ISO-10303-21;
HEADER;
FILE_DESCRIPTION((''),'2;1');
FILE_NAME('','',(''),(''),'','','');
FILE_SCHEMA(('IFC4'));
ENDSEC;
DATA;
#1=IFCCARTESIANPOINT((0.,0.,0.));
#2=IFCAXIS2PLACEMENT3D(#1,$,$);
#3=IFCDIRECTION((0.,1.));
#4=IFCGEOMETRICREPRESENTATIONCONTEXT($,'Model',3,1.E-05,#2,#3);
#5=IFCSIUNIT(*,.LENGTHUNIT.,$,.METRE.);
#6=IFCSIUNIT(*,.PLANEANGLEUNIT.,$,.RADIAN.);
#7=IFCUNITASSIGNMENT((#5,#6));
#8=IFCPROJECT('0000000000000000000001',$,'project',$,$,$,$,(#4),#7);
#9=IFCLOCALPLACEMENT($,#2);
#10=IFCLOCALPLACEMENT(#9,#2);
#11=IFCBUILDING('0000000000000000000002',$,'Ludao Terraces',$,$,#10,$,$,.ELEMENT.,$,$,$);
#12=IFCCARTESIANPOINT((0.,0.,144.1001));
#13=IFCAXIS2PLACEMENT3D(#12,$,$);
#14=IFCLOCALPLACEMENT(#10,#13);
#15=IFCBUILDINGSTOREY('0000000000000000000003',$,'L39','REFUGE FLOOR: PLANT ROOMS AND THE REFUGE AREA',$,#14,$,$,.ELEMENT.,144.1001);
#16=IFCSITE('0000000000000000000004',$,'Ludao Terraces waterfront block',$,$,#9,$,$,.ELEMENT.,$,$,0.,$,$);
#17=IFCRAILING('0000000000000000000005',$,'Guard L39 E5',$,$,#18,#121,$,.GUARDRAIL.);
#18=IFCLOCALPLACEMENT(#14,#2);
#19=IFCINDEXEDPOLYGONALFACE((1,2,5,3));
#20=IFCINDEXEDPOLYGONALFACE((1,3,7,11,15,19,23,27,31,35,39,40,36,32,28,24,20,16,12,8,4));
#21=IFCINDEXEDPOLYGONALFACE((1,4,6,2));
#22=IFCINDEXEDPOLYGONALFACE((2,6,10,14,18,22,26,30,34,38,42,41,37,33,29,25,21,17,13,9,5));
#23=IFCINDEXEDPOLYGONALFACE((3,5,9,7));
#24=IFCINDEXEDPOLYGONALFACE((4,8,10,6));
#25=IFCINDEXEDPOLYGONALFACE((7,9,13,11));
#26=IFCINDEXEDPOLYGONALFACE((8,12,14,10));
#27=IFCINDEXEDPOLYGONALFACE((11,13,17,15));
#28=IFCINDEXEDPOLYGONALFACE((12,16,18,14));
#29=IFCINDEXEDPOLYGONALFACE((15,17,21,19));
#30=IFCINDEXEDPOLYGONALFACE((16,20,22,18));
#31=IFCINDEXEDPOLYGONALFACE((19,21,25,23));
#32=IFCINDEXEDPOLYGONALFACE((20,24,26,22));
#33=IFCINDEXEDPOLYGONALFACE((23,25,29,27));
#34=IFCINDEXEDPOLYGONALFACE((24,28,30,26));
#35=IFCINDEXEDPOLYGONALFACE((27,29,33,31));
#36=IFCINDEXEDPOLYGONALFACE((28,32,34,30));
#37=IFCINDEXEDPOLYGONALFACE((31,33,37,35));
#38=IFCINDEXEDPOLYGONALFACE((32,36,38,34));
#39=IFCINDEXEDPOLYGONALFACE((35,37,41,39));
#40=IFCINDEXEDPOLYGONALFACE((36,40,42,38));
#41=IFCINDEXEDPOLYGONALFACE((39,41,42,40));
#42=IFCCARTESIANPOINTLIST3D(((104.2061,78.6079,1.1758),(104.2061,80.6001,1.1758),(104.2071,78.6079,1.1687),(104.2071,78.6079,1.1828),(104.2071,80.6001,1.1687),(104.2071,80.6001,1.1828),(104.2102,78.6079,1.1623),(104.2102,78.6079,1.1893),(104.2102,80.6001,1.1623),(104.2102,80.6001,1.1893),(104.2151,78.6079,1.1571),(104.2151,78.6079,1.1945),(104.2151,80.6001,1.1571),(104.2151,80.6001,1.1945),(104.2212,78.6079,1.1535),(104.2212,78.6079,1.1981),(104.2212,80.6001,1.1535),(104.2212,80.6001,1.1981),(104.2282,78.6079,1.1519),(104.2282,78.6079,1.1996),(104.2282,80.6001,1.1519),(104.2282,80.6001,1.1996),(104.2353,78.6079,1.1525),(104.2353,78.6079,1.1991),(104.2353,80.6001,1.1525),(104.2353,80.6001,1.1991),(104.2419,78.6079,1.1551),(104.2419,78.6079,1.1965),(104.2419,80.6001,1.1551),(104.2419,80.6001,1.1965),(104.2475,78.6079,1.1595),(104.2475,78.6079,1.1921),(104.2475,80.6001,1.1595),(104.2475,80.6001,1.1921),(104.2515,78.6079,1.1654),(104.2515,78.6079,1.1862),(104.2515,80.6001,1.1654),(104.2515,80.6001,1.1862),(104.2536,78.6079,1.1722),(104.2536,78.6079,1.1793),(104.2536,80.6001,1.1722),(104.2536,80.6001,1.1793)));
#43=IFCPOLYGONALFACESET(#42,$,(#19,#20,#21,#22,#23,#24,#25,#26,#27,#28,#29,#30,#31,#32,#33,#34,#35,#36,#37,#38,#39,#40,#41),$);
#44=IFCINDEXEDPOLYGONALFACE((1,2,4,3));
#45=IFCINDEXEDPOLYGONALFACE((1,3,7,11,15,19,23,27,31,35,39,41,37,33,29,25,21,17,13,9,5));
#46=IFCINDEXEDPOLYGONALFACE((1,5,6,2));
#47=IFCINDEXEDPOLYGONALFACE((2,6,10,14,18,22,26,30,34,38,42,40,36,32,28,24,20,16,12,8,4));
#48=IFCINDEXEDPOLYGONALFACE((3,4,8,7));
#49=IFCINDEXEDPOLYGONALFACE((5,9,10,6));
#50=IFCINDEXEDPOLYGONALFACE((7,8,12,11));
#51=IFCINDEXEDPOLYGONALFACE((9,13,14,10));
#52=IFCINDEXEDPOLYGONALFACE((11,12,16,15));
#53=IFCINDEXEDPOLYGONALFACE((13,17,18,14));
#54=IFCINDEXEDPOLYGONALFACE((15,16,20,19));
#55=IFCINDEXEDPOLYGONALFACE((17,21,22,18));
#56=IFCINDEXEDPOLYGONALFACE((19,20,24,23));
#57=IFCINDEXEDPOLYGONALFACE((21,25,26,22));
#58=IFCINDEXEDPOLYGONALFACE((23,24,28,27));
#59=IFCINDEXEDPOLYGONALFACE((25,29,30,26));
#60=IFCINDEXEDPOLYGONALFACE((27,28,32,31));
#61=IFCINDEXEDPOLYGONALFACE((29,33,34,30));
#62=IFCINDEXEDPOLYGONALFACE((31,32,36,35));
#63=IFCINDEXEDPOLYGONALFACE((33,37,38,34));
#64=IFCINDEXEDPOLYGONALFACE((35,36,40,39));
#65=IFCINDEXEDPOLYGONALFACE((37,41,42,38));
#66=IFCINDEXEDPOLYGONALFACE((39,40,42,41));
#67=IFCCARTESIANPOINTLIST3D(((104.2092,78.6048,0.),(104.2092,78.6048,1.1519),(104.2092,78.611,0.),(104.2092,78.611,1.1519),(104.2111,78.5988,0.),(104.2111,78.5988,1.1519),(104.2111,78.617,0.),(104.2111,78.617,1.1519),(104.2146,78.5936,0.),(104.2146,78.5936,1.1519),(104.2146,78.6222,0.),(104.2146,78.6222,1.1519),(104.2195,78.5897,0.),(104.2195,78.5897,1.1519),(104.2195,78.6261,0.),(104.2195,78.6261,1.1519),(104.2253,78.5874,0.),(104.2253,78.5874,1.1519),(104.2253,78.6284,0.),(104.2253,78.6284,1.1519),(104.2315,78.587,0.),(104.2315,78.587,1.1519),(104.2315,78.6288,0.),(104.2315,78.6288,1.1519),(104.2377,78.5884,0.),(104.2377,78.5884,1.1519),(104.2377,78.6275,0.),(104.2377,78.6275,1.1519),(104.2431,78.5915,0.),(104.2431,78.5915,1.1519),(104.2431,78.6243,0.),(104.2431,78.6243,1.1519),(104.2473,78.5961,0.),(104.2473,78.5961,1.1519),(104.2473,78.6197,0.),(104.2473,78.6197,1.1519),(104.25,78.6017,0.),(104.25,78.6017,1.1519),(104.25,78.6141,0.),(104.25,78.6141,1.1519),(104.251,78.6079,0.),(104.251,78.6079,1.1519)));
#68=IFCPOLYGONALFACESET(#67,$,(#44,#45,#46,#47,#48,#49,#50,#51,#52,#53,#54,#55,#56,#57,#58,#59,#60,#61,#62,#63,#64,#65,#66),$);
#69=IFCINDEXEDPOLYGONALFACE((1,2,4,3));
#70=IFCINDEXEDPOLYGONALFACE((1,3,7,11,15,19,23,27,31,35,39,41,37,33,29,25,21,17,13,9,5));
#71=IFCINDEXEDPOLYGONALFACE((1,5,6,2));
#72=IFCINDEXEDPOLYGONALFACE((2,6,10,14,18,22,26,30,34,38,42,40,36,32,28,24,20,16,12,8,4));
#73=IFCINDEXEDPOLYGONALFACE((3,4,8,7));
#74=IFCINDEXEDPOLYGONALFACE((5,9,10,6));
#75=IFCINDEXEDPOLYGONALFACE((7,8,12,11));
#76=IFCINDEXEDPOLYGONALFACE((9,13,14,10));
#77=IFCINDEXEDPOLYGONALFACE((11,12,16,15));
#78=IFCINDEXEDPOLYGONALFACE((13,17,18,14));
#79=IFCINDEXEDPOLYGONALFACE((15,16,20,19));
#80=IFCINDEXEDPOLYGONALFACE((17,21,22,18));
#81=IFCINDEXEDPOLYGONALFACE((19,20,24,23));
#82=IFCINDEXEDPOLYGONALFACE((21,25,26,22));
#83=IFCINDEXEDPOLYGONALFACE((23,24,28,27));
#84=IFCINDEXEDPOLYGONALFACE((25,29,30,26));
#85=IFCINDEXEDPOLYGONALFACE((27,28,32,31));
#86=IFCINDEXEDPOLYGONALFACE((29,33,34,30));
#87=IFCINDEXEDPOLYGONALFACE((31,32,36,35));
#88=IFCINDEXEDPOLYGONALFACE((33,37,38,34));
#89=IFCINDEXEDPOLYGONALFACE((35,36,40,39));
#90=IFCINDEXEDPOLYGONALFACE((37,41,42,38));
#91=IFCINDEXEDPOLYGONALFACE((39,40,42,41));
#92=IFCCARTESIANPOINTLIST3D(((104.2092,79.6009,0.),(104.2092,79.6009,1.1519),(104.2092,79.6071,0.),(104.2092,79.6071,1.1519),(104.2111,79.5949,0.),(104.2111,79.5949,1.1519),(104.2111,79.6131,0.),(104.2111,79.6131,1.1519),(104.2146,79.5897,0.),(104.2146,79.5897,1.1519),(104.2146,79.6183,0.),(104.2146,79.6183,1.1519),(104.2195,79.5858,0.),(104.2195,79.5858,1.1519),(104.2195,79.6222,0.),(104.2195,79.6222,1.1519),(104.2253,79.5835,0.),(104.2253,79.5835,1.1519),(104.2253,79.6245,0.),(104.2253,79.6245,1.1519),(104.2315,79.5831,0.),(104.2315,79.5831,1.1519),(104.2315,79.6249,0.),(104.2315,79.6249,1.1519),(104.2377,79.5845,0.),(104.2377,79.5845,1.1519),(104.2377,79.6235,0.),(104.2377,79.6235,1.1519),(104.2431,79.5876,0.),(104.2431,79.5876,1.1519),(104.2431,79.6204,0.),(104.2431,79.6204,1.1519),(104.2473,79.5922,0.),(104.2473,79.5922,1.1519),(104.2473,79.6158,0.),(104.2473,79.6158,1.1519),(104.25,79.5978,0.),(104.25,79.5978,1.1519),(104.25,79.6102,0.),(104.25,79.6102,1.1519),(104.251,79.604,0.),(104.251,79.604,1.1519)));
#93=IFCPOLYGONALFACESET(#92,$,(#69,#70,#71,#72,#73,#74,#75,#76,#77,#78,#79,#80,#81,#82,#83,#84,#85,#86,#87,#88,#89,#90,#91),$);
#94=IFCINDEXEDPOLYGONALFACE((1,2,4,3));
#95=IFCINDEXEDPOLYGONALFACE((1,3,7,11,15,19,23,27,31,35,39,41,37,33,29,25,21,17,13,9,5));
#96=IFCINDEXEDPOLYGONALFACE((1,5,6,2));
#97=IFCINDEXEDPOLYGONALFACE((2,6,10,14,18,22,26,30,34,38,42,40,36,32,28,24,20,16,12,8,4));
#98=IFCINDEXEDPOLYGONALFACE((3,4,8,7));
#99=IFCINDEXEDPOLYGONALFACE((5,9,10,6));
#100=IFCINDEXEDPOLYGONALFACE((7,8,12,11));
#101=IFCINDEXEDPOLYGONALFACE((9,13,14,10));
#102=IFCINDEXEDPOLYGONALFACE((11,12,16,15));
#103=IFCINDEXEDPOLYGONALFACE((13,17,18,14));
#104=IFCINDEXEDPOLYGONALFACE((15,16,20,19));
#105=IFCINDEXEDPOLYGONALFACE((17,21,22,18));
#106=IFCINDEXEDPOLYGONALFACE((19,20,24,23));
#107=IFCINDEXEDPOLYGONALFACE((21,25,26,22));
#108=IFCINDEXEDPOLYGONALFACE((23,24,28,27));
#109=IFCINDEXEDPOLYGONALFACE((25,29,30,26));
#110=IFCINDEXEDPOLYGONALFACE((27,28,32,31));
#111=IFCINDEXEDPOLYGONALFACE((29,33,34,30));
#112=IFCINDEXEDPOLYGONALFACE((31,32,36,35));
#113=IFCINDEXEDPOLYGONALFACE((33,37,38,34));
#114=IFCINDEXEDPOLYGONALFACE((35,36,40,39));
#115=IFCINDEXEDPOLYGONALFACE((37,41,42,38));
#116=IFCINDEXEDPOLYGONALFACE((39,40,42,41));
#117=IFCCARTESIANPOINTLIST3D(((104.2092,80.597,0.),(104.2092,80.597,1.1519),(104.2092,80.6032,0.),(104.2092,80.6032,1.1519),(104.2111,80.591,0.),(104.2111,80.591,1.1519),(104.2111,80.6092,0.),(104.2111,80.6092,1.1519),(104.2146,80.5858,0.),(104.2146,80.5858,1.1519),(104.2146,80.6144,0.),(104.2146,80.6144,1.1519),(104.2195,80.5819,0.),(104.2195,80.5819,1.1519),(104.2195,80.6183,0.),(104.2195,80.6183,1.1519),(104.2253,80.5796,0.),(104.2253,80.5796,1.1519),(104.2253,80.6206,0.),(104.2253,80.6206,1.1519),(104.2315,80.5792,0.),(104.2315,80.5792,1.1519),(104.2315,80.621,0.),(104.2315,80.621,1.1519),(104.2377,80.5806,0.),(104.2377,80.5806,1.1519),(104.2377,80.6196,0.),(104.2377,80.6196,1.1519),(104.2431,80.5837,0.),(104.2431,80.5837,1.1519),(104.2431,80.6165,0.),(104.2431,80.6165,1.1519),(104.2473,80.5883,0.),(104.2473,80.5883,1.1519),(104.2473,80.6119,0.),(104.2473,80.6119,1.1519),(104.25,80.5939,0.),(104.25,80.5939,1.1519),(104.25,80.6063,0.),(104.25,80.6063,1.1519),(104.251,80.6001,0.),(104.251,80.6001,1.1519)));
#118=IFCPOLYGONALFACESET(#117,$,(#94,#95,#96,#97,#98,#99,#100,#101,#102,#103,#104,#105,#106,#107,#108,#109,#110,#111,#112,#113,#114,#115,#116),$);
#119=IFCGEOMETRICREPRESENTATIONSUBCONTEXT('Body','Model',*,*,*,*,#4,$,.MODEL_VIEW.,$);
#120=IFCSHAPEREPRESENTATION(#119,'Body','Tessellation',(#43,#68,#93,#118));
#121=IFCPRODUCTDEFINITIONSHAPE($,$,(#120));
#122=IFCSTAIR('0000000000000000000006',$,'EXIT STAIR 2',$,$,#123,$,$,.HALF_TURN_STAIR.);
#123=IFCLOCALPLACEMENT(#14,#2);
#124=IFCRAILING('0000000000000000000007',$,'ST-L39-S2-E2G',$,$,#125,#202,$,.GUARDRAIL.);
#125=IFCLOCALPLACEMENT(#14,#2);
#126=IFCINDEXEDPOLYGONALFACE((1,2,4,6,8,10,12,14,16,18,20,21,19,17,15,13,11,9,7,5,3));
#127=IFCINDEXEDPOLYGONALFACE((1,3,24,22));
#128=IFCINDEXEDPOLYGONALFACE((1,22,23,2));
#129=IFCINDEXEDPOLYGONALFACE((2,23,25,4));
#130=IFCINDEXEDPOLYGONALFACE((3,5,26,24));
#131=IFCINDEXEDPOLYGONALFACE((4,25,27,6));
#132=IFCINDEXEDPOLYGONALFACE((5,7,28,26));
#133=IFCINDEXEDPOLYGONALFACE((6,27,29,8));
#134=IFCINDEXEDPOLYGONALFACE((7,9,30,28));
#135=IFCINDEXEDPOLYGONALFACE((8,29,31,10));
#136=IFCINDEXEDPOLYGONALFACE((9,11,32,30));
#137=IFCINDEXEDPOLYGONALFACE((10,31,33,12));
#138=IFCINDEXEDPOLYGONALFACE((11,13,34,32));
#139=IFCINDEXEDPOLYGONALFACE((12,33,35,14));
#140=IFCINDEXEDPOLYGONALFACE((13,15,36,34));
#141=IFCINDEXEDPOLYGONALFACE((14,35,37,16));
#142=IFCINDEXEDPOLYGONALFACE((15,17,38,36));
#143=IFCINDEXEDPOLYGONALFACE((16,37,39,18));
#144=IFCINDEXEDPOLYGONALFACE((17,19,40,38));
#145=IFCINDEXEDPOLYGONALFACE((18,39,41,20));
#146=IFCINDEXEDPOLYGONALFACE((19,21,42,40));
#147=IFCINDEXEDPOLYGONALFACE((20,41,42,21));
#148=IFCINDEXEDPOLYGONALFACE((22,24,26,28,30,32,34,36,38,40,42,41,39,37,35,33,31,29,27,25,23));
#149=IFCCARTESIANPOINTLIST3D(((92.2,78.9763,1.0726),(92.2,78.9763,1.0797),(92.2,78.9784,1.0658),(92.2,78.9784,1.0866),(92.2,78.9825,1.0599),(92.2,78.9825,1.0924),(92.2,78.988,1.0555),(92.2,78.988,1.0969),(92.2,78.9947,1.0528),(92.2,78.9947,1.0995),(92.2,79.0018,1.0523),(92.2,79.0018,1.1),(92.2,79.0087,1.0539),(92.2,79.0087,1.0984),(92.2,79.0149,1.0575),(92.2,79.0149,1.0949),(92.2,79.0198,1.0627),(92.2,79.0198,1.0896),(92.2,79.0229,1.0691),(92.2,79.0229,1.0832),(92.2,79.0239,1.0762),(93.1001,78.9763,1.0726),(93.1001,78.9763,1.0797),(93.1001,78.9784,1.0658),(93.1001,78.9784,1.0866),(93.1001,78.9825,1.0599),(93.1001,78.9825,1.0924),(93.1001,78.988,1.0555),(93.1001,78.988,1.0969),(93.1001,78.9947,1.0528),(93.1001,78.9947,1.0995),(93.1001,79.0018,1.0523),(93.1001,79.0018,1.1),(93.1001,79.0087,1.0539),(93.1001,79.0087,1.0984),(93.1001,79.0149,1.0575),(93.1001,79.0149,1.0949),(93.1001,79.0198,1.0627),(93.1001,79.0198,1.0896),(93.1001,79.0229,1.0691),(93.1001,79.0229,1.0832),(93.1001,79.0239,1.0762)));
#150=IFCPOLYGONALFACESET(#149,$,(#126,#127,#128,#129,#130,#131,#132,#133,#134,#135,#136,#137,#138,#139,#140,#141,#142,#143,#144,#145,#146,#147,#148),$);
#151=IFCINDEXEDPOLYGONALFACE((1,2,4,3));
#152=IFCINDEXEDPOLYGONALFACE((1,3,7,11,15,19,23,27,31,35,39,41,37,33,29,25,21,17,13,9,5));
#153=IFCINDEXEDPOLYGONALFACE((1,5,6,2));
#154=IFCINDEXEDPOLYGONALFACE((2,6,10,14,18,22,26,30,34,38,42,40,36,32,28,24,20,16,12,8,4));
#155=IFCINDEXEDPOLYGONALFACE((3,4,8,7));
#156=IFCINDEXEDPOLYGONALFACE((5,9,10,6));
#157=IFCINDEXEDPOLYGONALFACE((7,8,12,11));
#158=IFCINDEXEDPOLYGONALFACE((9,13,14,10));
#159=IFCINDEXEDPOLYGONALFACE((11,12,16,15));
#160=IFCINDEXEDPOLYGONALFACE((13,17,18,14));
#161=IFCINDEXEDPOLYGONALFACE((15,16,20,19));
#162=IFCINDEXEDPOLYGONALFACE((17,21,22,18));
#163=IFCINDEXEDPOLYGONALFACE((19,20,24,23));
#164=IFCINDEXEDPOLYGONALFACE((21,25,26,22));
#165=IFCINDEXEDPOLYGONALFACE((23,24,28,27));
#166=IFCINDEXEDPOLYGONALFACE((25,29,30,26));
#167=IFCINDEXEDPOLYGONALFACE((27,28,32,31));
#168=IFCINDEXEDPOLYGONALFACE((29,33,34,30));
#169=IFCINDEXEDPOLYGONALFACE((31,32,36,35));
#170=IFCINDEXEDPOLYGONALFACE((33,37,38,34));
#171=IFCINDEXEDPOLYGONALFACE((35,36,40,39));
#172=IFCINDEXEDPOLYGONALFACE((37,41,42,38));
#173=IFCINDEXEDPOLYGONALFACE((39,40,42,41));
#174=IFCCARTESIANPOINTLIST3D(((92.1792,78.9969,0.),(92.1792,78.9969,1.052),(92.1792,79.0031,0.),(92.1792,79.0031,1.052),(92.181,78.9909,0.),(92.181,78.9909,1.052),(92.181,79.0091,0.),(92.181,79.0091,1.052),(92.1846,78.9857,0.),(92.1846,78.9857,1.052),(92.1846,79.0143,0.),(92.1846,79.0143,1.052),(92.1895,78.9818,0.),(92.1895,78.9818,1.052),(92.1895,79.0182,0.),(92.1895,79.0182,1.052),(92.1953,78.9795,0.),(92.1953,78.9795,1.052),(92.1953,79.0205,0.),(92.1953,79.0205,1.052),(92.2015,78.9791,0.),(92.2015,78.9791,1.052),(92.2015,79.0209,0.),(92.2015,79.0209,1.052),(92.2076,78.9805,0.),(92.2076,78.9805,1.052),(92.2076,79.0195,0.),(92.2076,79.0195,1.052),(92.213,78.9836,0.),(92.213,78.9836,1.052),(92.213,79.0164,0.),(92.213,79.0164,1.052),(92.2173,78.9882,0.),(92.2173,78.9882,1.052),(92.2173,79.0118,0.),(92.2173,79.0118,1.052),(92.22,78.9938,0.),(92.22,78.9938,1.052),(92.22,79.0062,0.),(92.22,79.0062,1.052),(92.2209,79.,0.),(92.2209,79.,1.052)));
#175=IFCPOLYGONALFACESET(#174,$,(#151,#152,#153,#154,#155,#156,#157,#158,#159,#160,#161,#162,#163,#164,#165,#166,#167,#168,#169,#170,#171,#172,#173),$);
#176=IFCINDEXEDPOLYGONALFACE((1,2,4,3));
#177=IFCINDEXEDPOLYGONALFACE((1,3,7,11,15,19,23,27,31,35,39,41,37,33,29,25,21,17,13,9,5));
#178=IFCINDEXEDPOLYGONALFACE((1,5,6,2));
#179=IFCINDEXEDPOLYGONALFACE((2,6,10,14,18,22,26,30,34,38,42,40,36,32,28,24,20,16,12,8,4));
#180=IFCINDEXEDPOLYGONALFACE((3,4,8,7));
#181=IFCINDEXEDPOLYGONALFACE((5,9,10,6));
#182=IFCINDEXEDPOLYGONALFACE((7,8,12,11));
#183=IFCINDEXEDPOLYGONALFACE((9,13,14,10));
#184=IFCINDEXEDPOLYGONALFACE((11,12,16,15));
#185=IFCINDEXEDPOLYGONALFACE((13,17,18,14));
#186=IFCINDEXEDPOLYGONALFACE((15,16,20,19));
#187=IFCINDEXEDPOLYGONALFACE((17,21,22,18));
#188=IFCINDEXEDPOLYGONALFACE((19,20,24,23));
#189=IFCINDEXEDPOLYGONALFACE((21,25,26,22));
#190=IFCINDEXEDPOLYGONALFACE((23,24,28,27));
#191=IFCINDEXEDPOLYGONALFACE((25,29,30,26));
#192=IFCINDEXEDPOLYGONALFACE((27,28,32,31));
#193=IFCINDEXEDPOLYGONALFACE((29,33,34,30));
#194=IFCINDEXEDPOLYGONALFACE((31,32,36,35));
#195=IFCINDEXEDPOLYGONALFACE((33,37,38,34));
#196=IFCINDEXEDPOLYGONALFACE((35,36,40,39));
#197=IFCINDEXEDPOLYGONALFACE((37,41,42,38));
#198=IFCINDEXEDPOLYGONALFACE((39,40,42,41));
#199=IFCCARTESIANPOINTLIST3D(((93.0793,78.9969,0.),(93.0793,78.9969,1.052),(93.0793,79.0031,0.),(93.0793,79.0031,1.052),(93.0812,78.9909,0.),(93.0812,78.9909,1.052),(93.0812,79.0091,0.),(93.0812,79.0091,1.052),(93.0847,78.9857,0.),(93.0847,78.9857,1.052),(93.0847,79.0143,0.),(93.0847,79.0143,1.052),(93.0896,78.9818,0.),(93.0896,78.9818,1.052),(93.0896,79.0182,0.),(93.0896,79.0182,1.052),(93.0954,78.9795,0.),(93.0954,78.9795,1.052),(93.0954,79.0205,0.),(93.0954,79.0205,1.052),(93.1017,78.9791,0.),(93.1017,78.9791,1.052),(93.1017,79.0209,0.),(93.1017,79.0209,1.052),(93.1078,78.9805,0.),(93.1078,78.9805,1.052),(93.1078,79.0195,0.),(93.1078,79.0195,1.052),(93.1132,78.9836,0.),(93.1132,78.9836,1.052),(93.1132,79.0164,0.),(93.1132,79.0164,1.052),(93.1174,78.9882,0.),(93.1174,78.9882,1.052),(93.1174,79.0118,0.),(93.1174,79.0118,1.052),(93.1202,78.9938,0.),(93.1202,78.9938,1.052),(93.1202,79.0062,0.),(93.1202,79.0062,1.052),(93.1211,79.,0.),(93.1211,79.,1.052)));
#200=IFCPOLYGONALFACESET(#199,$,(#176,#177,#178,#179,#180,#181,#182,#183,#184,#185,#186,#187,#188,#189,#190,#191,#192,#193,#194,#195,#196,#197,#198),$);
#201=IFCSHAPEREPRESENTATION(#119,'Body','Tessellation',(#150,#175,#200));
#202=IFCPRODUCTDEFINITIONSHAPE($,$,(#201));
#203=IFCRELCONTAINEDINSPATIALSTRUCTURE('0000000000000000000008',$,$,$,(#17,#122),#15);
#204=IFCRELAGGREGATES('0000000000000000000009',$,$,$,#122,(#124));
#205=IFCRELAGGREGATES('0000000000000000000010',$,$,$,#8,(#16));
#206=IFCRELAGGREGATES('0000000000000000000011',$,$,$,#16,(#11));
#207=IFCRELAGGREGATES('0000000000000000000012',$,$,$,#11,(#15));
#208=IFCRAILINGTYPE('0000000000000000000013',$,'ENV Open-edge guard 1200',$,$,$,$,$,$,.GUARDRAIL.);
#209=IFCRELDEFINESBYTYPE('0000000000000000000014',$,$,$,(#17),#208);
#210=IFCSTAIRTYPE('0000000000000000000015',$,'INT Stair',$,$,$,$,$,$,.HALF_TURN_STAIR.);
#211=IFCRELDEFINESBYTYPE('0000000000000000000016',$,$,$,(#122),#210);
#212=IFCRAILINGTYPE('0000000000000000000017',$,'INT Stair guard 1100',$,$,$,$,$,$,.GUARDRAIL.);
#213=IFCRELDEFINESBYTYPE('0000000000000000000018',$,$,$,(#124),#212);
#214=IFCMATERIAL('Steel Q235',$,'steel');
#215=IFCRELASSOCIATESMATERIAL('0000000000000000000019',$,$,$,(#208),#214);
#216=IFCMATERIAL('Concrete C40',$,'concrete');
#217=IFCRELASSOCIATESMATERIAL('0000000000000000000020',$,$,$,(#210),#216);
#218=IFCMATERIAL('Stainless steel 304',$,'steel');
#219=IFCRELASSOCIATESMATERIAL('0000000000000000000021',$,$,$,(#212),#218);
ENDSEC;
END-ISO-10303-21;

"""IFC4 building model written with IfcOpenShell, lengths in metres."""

from ifc_helpers import new_model, si_unit, direction, frame, origin, origin_2d, place, context, subcontext, project, spatial, circle, extrude, material, type_object, element, aggregate, save


model = new_model("IFC4")

# Units and contexts
model_context = context("Model", 3, precision=1e-05, world=origin(), true_north=direction((0.0, 1.0)))
body_context = subcontext(model_context, "Body", "Model", "MODEL_VIEW")
ifc_project = project(units=[si_unit("LENGTHUNIT", "METRE"), si_unit("PLANEANGLEUNIT", "RADIAN")], contexts=[model_context])

# Site, building, storey
site_placement = place(None, origin())
site = spatial("IfcSite", under=ifc_project, at=site_placement, Name="Ludao Terraces waterfront block", CompositionType="ELEMENT", RefElevation=0.0)
building_placement = place(site_placement, origin())
building = spatial("IfcBuilding", under=site, at=building_placement, Name="Ludao Terraces", CompositionType="ELEMENT")
storey_placement = place(building_placement, frame((0.0, 0.0, 144.1001)))
storey = spatial("IfcBuildingStorey", under=building, at=storey_placement, Name="L39", Description="REFUGE FLOOR: PLANT ROOMS AND THE REFUGE AREA", CompositionType="ELEMENT", Elevation=144.1001)

# Shared definitions
ifc_material_1 = material(Name="Steel Q235", Category="steel")

# Railing
railing_type_1 = type_object("IfcRailingType", Name="ENV Open-edge guard 1200", PredefinedType="GUARDRAIL", material=ifc_material_1)
railing_1_placement = place(storey_placement, frame((104.23, 78.6079, 0.0)))
element("IfcRailing", 1, at=railing_1_placement, inside=storey, type_object=railing_type_1, Name="Guard L39 E5", PredefinedType="GUARDRAIL", context=body_context, shape_type="SweptSolid", body=[
    extrude(circle(Radius=0.0239, at=origin_2d()), frame((0.0, 0.0, 1.1758), z_axis=(0.0, 1.0, 0.0), x_axis=(-1.0, 0.0, 0.0)), (0.0, 0.0, 1.0), 1.9922),
    extrude(circle(Radius=0.021, at=origin_2d()), origin(), (0.0, 0.0, 1.0), 1.1519),
    extrude(circle(Radius=0.021, at=origin_2d()), frame((0.0, 0.9961, 0.0)), (0.0, 0.0, 1.0), 1.1519),
    extrude(circle(Radius=0.021, at=origin_2d()), frame((0.0, 1.9922, 0.0)), (0.0, 0.0, 1.0), 1.1519),
])

# Stair, railing
ifc_material_2 = material(Name="Concrete C40", Category="concrete")
stair_type = type_object("IfcStairType", Name="INT Stair", PredefinedType="HALF_TURN_STAIR", material=ifc_material_2)
stair_placement = place(storey_placement, origin())
stair = element("IfcStair", 2, at=stair_placement, inside=storey, type_object=stair_type, Name="EXIT STAIR 2", PredefinedType="HALF_TURN_STAIR")
ifc_material_3 = material(Name="Stainless steel 304", Category="steel")
railing_type_2 = type_object("IfcRailingType", Name="INT Stair guard 1100", PredefinedType="GUARDRAIL", material=ifc_material_3)
railing_2_placement = place(storey_placement, frame((92.2, 79.0, 0.0)))
railing_2 = element("IfcRailing", 3, at=railing_2_placement, type_object=railing_type_2, Name="ST-L39-S2-E2G", PredefinedType="GUARDRAIL", context=body_context, shape_type="SweptSolid", body=[
    extrude(circle(Radius=0.0239, at=origin_2d()), frame((0.0, 0.0, 1.0762), z_axis=(1.0, 0.0, 0.0), x_axis=(0.0, 1.0, 0.0)), (0.0, 0.0, 1.0), 0.9001),
    extrude(circle(Radius=0.021, at=origin_2d()), origin(), (0.0, 0.0, 1.0), 1.052),
    extrude(circle(Radius=0.021, at=origin_2d()), frame((0.9001, 0.0, 0.0)), (0.0, 0.0, 1.0), 1.052),
])
aggregate(stair, [railing_2])

save(model, "model.ifc")
